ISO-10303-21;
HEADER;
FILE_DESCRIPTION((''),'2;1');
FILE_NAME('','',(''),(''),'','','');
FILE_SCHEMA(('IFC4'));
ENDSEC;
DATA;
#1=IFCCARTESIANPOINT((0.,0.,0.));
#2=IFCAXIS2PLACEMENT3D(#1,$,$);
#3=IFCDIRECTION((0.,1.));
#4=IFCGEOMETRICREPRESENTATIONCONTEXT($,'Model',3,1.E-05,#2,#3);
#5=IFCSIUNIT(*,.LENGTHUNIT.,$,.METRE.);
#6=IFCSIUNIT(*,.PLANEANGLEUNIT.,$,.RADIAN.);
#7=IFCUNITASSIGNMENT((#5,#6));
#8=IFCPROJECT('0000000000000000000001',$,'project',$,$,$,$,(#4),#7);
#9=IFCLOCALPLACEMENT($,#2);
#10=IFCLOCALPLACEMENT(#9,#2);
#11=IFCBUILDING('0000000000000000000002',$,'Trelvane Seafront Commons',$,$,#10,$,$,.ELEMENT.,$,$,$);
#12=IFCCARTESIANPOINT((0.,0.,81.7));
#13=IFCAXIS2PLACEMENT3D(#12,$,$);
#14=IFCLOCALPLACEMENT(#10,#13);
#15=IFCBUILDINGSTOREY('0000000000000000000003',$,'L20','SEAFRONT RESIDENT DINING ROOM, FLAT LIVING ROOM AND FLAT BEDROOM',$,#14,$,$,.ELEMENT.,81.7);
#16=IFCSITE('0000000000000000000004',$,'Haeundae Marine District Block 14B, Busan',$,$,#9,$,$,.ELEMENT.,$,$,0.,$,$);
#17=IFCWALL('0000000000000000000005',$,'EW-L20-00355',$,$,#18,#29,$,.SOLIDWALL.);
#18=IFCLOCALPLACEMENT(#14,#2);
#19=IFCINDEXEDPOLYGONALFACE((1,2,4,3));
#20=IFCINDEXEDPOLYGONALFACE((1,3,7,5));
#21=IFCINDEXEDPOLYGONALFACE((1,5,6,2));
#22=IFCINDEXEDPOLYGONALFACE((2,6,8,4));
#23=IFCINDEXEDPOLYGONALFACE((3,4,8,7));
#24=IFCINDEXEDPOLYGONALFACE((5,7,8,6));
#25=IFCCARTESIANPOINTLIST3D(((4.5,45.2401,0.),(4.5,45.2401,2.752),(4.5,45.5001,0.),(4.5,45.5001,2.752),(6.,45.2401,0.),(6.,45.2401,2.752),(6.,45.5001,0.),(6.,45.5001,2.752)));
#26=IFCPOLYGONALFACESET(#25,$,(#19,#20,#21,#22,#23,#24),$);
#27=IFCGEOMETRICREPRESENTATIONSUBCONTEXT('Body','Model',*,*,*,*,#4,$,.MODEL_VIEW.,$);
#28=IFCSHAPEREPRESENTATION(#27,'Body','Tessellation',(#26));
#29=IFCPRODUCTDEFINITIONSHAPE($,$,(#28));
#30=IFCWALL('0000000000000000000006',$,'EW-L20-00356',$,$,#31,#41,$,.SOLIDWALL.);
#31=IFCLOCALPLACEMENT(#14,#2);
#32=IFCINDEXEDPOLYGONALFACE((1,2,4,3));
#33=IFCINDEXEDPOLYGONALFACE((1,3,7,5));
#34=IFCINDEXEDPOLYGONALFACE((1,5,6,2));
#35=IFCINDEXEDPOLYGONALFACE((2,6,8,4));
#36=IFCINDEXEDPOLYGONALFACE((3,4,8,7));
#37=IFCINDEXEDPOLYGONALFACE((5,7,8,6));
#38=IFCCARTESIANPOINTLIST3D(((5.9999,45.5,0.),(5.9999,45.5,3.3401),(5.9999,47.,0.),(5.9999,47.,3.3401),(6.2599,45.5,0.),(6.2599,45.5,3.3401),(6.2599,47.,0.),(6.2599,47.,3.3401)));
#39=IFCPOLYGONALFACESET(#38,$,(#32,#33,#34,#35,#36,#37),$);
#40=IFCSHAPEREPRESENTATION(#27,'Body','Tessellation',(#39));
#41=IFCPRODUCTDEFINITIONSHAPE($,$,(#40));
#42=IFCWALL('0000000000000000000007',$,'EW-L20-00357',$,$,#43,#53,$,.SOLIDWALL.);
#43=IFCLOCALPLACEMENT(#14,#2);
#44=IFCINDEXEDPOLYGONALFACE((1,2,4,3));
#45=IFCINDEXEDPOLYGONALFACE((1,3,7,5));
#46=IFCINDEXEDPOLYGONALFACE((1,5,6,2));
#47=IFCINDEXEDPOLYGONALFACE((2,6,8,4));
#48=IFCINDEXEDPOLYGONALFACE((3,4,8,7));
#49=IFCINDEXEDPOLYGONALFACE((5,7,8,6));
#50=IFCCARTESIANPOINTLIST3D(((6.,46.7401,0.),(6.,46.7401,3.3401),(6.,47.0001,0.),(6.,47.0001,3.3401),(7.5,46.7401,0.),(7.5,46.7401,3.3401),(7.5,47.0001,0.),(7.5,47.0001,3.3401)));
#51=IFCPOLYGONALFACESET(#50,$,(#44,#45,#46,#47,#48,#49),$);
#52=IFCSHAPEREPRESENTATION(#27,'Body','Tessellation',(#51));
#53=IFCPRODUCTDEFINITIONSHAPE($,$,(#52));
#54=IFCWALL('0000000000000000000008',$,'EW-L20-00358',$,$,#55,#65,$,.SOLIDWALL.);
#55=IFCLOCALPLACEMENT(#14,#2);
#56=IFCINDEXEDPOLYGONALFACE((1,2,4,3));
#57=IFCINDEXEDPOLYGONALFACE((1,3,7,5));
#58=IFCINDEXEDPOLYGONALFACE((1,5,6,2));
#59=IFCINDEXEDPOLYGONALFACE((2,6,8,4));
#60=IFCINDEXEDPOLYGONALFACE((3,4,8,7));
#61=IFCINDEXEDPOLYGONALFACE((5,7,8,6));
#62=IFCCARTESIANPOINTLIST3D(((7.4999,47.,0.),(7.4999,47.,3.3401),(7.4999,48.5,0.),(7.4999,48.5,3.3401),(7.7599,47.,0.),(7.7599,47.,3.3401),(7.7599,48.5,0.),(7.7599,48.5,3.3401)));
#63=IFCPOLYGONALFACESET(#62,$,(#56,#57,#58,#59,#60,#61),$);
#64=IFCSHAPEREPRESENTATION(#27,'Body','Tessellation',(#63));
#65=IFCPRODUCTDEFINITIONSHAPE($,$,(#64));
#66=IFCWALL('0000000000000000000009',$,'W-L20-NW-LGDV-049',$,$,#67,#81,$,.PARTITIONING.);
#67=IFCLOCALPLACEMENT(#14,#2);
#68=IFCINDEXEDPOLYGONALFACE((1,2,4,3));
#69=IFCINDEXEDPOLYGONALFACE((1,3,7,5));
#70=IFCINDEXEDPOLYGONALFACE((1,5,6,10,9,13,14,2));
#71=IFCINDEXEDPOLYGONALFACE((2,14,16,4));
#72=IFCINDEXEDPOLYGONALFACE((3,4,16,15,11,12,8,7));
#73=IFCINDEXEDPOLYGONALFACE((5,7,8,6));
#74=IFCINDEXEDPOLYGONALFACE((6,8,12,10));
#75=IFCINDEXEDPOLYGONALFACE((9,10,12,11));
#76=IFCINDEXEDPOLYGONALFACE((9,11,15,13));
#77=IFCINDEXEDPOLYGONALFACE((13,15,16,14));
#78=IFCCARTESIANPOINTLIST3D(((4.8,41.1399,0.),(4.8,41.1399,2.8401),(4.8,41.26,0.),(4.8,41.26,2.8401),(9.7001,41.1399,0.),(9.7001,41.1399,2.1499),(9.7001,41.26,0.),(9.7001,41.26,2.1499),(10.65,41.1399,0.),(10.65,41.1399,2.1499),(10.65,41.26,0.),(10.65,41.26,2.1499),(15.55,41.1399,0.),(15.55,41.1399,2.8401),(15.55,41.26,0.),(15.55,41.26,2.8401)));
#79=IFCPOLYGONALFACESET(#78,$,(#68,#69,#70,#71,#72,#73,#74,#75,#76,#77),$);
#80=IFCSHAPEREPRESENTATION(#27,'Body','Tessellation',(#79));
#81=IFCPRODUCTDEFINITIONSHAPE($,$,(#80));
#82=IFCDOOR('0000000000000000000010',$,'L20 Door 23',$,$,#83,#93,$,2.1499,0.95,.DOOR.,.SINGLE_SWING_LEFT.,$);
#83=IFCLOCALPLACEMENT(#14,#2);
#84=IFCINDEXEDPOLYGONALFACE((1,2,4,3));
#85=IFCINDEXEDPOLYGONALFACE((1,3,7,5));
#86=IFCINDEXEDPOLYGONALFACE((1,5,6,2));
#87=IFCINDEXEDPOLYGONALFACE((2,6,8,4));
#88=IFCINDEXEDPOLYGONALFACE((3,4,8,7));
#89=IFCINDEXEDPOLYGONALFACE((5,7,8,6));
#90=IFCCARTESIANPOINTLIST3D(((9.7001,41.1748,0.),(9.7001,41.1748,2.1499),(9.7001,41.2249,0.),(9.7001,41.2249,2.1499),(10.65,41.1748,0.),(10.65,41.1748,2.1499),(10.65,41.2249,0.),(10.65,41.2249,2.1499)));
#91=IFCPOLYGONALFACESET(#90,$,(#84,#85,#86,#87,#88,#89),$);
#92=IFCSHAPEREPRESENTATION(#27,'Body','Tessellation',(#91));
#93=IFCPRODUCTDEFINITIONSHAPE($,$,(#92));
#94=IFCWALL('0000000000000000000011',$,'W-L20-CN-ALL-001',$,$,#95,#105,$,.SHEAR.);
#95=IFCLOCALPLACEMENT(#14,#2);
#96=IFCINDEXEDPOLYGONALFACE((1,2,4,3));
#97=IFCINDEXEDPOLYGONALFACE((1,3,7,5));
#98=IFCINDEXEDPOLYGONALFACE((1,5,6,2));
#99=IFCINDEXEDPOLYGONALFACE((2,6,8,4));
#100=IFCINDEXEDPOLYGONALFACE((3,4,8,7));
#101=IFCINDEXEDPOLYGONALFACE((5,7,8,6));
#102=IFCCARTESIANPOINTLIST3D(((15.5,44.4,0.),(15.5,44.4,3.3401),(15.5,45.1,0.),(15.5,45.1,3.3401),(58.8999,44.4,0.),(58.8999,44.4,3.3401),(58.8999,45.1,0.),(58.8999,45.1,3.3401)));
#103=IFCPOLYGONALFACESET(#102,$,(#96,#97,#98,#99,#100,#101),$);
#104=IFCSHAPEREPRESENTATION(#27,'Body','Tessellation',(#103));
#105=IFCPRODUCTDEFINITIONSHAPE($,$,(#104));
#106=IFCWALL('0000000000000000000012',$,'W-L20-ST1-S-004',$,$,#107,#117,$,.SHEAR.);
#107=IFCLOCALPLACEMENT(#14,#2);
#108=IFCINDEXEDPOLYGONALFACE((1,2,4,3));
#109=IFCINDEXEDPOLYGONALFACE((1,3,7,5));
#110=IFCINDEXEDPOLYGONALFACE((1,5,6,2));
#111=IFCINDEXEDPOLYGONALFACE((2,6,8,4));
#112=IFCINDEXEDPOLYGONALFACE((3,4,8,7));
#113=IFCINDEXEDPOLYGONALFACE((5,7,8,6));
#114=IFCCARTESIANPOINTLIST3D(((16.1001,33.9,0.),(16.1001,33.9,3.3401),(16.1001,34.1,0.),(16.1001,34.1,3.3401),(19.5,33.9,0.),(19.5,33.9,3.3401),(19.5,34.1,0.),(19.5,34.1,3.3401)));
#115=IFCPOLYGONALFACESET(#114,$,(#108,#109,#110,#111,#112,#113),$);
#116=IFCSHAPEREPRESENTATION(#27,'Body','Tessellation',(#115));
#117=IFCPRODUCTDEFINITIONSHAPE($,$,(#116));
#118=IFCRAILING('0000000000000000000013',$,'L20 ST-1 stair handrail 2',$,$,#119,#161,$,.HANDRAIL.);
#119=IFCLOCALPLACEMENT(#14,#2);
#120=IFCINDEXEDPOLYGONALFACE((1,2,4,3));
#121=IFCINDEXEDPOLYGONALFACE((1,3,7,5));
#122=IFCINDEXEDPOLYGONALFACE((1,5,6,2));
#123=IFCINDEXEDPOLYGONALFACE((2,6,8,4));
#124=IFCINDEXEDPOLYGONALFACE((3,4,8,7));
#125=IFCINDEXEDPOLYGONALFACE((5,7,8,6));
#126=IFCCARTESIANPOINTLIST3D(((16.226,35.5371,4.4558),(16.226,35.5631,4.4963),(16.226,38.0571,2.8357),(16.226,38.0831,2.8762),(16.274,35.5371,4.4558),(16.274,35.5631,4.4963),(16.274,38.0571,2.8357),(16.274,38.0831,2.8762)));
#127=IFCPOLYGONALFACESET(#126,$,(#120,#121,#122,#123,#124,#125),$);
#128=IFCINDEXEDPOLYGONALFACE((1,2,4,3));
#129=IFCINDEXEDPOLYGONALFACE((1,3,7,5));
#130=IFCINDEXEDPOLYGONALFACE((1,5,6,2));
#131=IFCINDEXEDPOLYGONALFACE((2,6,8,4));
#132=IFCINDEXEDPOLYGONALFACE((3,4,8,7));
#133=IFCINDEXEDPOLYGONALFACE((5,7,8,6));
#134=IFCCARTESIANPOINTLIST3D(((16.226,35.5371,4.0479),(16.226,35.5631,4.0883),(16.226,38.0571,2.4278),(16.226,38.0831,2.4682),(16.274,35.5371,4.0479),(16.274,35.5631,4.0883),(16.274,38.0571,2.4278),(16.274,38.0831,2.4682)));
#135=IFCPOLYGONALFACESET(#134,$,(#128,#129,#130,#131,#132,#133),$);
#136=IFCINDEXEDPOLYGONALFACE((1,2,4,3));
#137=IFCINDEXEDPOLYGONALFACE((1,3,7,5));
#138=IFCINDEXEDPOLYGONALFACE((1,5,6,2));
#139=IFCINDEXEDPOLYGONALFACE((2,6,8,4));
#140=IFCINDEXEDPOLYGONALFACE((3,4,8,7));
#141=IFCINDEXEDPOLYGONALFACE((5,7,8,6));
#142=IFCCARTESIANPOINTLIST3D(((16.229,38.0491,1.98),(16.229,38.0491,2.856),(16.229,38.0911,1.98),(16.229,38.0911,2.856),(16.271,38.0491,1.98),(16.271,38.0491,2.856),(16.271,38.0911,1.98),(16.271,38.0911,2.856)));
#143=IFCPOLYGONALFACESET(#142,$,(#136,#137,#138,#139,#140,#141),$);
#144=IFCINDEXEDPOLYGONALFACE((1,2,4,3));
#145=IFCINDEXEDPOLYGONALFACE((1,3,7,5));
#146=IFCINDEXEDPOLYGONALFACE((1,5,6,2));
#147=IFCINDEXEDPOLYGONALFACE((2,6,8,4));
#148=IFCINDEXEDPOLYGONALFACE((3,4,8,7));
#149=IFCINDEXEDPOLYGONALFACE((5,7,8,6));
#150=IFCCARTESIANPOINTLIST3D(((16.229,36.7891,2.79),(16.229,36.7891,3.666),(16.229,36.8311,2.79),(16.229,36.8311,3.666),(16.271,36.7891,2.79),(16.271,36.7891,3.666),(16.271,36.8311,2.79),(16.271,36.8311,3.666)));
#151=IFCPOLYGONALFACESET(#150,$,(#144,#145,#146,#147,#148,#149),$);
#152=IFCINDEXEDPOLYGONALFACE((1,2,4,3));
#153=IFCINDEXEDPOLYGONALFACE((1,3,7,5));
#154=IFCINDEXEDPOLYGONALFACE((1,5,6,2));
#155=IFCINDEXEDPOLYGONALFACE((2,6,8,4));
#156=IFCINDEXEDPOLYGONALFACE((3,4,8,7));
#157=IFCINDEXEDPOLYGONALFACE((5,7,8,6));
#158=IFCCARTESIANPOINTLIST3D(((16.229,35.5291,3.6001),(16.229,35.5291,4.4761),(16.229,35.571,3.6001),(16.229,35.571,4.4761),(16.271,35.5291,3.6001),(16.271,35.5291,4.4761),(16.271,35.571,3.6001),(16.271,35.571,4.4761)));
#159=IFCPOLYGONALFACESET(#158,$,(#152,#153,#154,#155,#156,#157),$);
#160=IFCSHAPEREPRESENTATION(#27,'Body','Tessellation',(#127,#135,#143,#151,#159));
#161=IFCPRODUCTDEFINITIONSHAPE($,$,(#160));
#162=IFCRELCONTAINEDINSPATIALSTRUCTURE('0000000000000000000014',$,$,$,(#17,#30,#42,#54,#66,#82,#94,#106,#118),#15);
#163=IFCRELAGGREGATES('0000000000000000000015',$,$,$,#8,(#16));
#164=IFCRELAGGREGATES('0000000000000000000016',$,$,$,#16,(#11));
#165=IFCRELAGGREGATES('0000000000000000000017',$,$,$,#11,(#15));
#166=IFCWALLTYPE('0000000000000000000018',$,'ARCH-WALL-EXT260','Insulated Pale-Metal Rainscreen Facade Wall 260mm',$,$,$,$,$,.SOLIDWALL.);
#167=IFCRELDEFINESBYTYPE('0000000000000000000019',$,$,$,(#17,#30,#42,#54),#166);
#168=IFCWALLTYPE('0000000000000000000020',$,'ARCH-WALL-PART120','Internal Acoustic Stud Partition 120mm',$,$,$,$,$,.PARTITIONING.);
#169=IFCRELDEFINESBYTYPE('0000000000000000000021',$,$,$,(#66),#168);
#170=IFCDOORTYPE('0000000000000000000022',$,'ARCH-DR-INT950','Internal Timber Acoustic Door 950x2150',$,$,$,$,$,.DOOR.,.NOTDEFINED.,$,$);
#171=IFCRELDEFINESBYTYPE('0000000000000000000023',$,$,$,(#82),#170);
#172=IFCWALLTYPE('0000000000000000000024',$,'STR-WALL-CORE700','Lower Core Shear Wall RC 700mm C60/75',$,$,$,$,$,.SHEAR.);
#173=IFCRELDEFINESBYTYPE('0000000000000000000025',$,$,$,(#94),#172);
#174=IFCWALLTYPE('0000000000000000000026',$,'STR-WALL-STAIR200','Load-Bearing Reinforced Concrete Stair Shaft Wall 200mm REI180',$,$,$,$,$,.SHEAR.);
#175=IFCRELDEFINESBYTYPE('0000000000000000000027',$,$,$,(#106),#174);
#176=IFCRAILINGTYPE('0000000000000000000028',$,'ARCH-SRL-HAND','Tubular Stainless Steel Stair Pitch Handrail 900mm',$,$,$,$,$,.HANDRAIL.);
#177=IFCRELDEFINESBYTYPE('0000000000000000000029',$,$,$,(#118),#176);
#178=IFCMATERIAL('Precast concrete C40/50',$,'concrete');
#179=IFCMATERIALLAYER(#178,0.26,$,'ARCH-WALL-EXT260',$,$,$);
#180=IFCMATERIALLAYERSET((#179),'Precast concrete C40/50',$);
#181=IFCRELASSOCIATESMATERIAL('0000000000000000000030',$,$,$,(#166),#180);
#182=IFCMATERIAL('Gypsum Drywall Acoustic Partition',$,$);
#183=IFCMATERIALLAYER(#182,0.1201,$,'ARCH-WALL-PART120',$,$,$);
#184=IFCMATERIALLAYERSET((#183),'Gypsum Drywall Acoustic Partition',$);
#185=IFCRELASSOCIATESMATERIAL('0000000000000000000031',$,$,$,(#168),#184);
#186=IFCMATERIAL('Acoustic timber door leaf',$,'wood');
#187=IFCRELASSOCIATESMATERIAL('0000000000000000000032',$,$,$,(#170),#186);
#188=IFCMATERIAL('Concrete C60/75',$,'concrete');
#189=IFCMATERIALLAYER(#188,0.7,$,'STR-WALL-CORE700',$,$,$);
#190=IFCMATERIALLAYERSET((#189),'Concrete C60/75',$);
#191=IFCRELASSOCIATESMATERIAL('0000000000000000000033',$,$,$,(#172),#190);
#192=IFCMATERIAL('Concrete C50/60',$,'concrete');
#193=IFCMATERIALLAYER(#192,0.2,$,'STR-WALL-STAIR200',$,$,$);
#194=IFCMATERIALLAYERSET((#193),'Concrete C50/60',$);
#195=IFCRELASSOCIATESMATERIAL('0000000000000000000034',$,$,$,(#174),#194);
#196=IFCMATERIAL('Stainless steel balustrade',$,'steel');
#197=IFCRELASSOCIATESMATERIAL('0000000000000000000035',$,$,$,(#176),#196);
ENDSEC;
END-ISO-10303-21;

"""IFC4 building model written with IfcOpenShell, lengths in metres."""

from ifc_helpers import new_model, si_unit, direction, frame, frame_2d, origin, origin_2d, place, context, subcontext, project, spatial, rectangle, extrude, source, transform, mapped, material, layer, layer_set, type_object, element, fill, save


model = new_model("IFC4")

# Units and contexts
model_context = context("Model", 3, precision=1e-05, world=origin(), true_north=direction((0.0, 1.0)))
body_context = subcontext(model_context, "Body", "Model", "MODEL_VIEW")
ifc_project = project(units=[si_unit("LENGTHUNIT", "METRE"), si_unit("PLANEANGLEUNIT", "RADIAN")], contexts=[model_context])

# Site, building, storey
site_placement = place(None, origin())
site = spatial("IfcSite", under=ifc_project, at=site_placement, Name="Haeundae Marine District Block 14B, Busan", CompositionType="ELEMENT", RefElevation=0.0)
building_placement = place(site_placement, origin())
building = spatial("IfcBuilding", under=site, at=building_placement, Name="Trelvane Seafront Commons", CompositionType="ELEMENT")
storey_placement = place(building_placement, frame((0.0, 0.0, 81.7)))
storey = spatial("IfcBuildingStorey", under=building, at=storey_placement, Name="L20", Description="SEAFRONT RESIDENT DINING ROOM, FLAT LIVING ROOM AND FLAT BEDROOM", CompositionType="ELEMENT", Elevation=81.7)

# Shared definitions
ifc_material_1 = material(Name="Concrete C60/75", Category="concrete")

# Shared definitions
ifc_material_2 = material(Name="Precast concrete C40/50", Category="concrete")
ifc_layer_1 = layer(ifc_material_2, 0.26, Name="ARCH-WALL-EXT260")
ifc_layer_set_1 = layer_set([ifc_layer_1], Name="Precast concrete C40/50")
wall_type_1 = type_object("IfcWallType", Name="ARCH-WALL-EXT260", Description="Insulated Pale-Metal Rainscreen Facade Wall 260mm", PredefinedType="SOLIDWALL", material=ifc_layer_set_1)

# Walls
wall_1_placement = place(storey_placement, frame((4.5, 45.3701, 0.0), z_axis=(0.0, 0.0, 1.0), x_axis=(1.0, 0.0, 0.0)))
element("IfcWall", 1, at=wall_1_placement, inside=storey, type_object=wall_type_1, Name="EW-L20-00355", PredefinedType="SOLIDWALL", context=body_context, shape_type="SweptSolid", body=[
    extrude(rectangle(XDim=1.5, YDim=0.26, at=frame_2d((0.75, 0.0))), origin(), (0.0, 0.0, 1.0), 2.752),
])
for number, where, z_axis, x_axis, name in (
    (2, (6.1299, 45.5, 0.0), (0.0, 0.0, 1.0), (0.0, 1.0, 0.0), "EW-L20-00356"),
    (3, (6.0, 46.8701, 0.0), (0.0, 0.0, 1.0), (1.0, 0.0, 0.0), "EW-L20-00357"),
    (4, (7.6299, 47.0, 0.0), (0.0, 0.0, 1.0), (0.0, 1.0, 0.0), "EW-L20-00358"),
):
    element("IfcWall", number, at=place(storey_placement, frame(where, z_axis=z_axis, x_axis=x_axis)), inside=storey, type_object=wall_type_1, Name=name, PredefinedType="SOLIDWALL", context=body_context, shape_type="SweptSolid", body=[
        extrude(rectangle(XDim=1.5, YDim=0.26, at=frame_2d((0.75, 0.0))), origin(), (0.0, 0.0, 1.0), 3.3401),
    ])

# Wall, opening, door
ifc_material_3 = material(Name="Gypsum Drywall Acoustic Partition")
ifc_layer_2 = layer(ifc_material_3, 0.1201, Name="ARCH-WALL-PART120")
ifc_layer_set_2 = layer_set([ifc_layer_2], Name="Gypsum Drywall Acoustic Partition")
wall_type_2 = type_object("IfcWallType", Name="ARCH-WALL-PART120", Description="Internal Acoustic Stud Partition 120mm", PredefinedType="PARTITIONING", material=ifc_layer_set_2)
wall_2_placement = place(storey_placement, frame((4.8, 41.2, 0.0), z_axis=(0.0, 0.0, 1.0), x_axis=(1.0, 0.0, 0.0)))
wall_2 = element("IfcWall", 5, at=wall_2_placement, inside=storey, type_object=wall_type_2, Name="W-L20-NW-LGDV-049", PredefinedType="PARTITIONING", context=body_context, shape_type="SweptSolid", body=[
    extrude(rectangle(XDim=10.75, YDim=0.1201, at=frame_2d((5.375, 0.0))), origin(), (0.0, 0.0, 1.0), 2.8401),
])
opening_1_placement = place(wall_2_placement, frame((4.8999, 0.0, 0.0)))
opening_1 = element("IfcOpeningElement", 6, at=opening_1_placement, cuts=wall_2, PredefinedType="OPENING", context=body_context, shape_type="SweptSolid", body=[
    extrude(rectangle(XDim=0.95, YDim=2.1499, at=frame_2d((0.4751, 1.075))), frame((0.0, 0.0701, 0.0), z_axis=(0.0, -1.0, 0.0), x_axis=(1.0, 0.0, 0.0)), (0.0, 0.0, 1.0), 0.1401),
])
ifc_material_4 = material(Name="Acoustic timber door leaf", Category="wood")
door_type_1 = type_object("IfcDoorType", Name="ARCH-DR-INT950", Description="Internal Timber Acoustic Door 950x2150", OperationType="NOTDEFINED", PredefinedType="DOOR", material=ifc_material_4)
shared_shape_1 = source(origin(), body_context, "Body", "SweptSolid", [
    extrude(rectangle(XDim=0.95, YDim=2.1499, at=frame_2d((0.4751, 1.075))), frame((0.0, 0.0249, 0.0), z_axis=(0.0, -1.0, 0.0), x_axis=(1.0, 0.0, 0.0)), (0.0, 0.0, 1.0), 0.05),
])
door_1_placement = place(opening_1_placement, origin())
door_1 = element("IfcDoor", 7, at=door_1_placement, inside=storey, type_object=door_type_1, Name="L20 Door 23", OperationType="SINGLE_SWING_LEFT", OverallHeight=2.1499, OverallWidth=0.95, PredefinedType="DOOR", context=body_context, shape_type="MappedRepresentation", body=[
    mapped(shared_shape_1, transform((0.0, 0.0, 0.0), x_axis=(1.0, 0.0, 0.0), y_axis=(0.0, 1.0, 0.0), z_axis=(0.0, 0.0, 1.0), scale=1.0)),
])
fill(opening_1, door_1)

# Walls
ifc_layer_3 = layer(ifc_material_1, 0.7, Name="STR-WALL-CORE700")
ifc_layer_set_3 = layer_set([ifc_layer_3], Name="Concrete C60/75")
wall_type_3 = type_object("IfcWallType", Name="STR-WALL-CORE700", Description="Lower Core Shear Wall RC 700mm C60/75", PredefinedType="SHEAR", material=ifc_layer_set_3)
wall_3_placement = place(storey_placement, frame((15.5, 44.75, 0.0), z_axis=(0.0, 0.0, 1.0), x_axis=(1.0, 0.0, 0.0)))
element("IfcWall", 8, at=wall_3_placement, inside=storey, type_object=wall_type_3, Name="W-L20-CN-ALL-001", PredefinedType="SHEAR", context=body_context, shape_type="SweptSolid", body=[
    extrude(rectangle(XDim=43.3999, YDim=0.7, at=frame_2d((21.7, 0.0))), origin(), (0.0, 0.0, 1.0), 3.3401),
])
ifc_material_5 = material(Name="Concrete C50/60", Category="concrete")
ifc_layer_4 = layer(ifc_material_5, 0.2, Name="STR-WALL-STAIR200")
ifc_layer_set_4 = layer_set([ifc_layer_4], Name="Concrete C50/60")
wall_type_4 = type_object("IfcWallType", Name="STR-WALL-STAIR200", Description="Load-Bearing Reinforced Concrete Stair Shaft Wall 200mm REI180", PredefinedType="SHEAR", material=ifc_layer_set_4)
wall_4_placement = place(storey_placement, frame((16.1001, 34.0, 0.0), z_axis=(0.0, 0.0, 1.0), x_axis=(1.0, 0.0, 0.0)))
element("IfcWall", 9, at=wall_4_placement, inside=storey, type_object=wall_type_4, Name="W-L20-ST1-S-004", PredefinedType="SHEAR", context=body_context, shape_type="SweptSolid", body=[
    extrude(rectangle(XDim=3.3999, YDim=0.2, at=frame_2d((1.7, 0.0))), origin(), (0.0, 0.0, 1.0), 3.3401),
])

# Railing
ifc_material_6 = material(Name="Stainless steel balustrade", Category="steel")
railing_type = type_object("IfcRailingType", Name="ARCH-SRL-HAND", Description="Tubular Stainless Steel Stair Pitch Handrail 900mm", PredefinedType="HANDRAIL", material=ifc_material_6)
railing_placement = place(storey_placement, frame((16.25, 38.0701, 1.98)))
element("IfcRailing", 10, at=railing_placement, inside=storey, type_object=railing_type, Name="L20 ST-1 stair handrail 2", PredefinedType="HANDRAIL", context=body_context, shape_type="SweptSolid", body=[
    extrude(rectangle(XDim=0.0481, YDim=0.0481, at=origin_2d()), frame((0.0, 0.0, 0.876), z_axis=(0.0, -0.841163, 0.540782), x_axis=(1.0, 0.0, 0.0)), (0.0, 0.0, 1.0), 2.9958),
    extrude(rectangle(XDim=0.0481, YDim=0.0481, at=origin_2d()), frame((0.0, 0.0, 0.468), z_axis=(0.0, -0.841163, 0.540782), x_axis=(1.0, 0.0, 0.0)), (0.0, 0.0, 1.0), 2.9958),
    extrude(rectangle(XDim=0.042, YDim=0.042, at=origin_2d()), origin(), (0.0, 0.0, 1.0), 0.876),
    extrude(rectangle(XDim=0.042, YDim=0.042, at=origin_2d()), frame((0.0, -1.26, 0.8101)), (0.0, 0.0, 1.0), 0.876),
    extrude(rectangle(XDim=0.042, YDim=0.042, at=origin_2d()), frame((0.0, -2.52, 1.6201)), (0.0, 0.0, 1.0), 0.876),
])

save(model, "model.ifc")
